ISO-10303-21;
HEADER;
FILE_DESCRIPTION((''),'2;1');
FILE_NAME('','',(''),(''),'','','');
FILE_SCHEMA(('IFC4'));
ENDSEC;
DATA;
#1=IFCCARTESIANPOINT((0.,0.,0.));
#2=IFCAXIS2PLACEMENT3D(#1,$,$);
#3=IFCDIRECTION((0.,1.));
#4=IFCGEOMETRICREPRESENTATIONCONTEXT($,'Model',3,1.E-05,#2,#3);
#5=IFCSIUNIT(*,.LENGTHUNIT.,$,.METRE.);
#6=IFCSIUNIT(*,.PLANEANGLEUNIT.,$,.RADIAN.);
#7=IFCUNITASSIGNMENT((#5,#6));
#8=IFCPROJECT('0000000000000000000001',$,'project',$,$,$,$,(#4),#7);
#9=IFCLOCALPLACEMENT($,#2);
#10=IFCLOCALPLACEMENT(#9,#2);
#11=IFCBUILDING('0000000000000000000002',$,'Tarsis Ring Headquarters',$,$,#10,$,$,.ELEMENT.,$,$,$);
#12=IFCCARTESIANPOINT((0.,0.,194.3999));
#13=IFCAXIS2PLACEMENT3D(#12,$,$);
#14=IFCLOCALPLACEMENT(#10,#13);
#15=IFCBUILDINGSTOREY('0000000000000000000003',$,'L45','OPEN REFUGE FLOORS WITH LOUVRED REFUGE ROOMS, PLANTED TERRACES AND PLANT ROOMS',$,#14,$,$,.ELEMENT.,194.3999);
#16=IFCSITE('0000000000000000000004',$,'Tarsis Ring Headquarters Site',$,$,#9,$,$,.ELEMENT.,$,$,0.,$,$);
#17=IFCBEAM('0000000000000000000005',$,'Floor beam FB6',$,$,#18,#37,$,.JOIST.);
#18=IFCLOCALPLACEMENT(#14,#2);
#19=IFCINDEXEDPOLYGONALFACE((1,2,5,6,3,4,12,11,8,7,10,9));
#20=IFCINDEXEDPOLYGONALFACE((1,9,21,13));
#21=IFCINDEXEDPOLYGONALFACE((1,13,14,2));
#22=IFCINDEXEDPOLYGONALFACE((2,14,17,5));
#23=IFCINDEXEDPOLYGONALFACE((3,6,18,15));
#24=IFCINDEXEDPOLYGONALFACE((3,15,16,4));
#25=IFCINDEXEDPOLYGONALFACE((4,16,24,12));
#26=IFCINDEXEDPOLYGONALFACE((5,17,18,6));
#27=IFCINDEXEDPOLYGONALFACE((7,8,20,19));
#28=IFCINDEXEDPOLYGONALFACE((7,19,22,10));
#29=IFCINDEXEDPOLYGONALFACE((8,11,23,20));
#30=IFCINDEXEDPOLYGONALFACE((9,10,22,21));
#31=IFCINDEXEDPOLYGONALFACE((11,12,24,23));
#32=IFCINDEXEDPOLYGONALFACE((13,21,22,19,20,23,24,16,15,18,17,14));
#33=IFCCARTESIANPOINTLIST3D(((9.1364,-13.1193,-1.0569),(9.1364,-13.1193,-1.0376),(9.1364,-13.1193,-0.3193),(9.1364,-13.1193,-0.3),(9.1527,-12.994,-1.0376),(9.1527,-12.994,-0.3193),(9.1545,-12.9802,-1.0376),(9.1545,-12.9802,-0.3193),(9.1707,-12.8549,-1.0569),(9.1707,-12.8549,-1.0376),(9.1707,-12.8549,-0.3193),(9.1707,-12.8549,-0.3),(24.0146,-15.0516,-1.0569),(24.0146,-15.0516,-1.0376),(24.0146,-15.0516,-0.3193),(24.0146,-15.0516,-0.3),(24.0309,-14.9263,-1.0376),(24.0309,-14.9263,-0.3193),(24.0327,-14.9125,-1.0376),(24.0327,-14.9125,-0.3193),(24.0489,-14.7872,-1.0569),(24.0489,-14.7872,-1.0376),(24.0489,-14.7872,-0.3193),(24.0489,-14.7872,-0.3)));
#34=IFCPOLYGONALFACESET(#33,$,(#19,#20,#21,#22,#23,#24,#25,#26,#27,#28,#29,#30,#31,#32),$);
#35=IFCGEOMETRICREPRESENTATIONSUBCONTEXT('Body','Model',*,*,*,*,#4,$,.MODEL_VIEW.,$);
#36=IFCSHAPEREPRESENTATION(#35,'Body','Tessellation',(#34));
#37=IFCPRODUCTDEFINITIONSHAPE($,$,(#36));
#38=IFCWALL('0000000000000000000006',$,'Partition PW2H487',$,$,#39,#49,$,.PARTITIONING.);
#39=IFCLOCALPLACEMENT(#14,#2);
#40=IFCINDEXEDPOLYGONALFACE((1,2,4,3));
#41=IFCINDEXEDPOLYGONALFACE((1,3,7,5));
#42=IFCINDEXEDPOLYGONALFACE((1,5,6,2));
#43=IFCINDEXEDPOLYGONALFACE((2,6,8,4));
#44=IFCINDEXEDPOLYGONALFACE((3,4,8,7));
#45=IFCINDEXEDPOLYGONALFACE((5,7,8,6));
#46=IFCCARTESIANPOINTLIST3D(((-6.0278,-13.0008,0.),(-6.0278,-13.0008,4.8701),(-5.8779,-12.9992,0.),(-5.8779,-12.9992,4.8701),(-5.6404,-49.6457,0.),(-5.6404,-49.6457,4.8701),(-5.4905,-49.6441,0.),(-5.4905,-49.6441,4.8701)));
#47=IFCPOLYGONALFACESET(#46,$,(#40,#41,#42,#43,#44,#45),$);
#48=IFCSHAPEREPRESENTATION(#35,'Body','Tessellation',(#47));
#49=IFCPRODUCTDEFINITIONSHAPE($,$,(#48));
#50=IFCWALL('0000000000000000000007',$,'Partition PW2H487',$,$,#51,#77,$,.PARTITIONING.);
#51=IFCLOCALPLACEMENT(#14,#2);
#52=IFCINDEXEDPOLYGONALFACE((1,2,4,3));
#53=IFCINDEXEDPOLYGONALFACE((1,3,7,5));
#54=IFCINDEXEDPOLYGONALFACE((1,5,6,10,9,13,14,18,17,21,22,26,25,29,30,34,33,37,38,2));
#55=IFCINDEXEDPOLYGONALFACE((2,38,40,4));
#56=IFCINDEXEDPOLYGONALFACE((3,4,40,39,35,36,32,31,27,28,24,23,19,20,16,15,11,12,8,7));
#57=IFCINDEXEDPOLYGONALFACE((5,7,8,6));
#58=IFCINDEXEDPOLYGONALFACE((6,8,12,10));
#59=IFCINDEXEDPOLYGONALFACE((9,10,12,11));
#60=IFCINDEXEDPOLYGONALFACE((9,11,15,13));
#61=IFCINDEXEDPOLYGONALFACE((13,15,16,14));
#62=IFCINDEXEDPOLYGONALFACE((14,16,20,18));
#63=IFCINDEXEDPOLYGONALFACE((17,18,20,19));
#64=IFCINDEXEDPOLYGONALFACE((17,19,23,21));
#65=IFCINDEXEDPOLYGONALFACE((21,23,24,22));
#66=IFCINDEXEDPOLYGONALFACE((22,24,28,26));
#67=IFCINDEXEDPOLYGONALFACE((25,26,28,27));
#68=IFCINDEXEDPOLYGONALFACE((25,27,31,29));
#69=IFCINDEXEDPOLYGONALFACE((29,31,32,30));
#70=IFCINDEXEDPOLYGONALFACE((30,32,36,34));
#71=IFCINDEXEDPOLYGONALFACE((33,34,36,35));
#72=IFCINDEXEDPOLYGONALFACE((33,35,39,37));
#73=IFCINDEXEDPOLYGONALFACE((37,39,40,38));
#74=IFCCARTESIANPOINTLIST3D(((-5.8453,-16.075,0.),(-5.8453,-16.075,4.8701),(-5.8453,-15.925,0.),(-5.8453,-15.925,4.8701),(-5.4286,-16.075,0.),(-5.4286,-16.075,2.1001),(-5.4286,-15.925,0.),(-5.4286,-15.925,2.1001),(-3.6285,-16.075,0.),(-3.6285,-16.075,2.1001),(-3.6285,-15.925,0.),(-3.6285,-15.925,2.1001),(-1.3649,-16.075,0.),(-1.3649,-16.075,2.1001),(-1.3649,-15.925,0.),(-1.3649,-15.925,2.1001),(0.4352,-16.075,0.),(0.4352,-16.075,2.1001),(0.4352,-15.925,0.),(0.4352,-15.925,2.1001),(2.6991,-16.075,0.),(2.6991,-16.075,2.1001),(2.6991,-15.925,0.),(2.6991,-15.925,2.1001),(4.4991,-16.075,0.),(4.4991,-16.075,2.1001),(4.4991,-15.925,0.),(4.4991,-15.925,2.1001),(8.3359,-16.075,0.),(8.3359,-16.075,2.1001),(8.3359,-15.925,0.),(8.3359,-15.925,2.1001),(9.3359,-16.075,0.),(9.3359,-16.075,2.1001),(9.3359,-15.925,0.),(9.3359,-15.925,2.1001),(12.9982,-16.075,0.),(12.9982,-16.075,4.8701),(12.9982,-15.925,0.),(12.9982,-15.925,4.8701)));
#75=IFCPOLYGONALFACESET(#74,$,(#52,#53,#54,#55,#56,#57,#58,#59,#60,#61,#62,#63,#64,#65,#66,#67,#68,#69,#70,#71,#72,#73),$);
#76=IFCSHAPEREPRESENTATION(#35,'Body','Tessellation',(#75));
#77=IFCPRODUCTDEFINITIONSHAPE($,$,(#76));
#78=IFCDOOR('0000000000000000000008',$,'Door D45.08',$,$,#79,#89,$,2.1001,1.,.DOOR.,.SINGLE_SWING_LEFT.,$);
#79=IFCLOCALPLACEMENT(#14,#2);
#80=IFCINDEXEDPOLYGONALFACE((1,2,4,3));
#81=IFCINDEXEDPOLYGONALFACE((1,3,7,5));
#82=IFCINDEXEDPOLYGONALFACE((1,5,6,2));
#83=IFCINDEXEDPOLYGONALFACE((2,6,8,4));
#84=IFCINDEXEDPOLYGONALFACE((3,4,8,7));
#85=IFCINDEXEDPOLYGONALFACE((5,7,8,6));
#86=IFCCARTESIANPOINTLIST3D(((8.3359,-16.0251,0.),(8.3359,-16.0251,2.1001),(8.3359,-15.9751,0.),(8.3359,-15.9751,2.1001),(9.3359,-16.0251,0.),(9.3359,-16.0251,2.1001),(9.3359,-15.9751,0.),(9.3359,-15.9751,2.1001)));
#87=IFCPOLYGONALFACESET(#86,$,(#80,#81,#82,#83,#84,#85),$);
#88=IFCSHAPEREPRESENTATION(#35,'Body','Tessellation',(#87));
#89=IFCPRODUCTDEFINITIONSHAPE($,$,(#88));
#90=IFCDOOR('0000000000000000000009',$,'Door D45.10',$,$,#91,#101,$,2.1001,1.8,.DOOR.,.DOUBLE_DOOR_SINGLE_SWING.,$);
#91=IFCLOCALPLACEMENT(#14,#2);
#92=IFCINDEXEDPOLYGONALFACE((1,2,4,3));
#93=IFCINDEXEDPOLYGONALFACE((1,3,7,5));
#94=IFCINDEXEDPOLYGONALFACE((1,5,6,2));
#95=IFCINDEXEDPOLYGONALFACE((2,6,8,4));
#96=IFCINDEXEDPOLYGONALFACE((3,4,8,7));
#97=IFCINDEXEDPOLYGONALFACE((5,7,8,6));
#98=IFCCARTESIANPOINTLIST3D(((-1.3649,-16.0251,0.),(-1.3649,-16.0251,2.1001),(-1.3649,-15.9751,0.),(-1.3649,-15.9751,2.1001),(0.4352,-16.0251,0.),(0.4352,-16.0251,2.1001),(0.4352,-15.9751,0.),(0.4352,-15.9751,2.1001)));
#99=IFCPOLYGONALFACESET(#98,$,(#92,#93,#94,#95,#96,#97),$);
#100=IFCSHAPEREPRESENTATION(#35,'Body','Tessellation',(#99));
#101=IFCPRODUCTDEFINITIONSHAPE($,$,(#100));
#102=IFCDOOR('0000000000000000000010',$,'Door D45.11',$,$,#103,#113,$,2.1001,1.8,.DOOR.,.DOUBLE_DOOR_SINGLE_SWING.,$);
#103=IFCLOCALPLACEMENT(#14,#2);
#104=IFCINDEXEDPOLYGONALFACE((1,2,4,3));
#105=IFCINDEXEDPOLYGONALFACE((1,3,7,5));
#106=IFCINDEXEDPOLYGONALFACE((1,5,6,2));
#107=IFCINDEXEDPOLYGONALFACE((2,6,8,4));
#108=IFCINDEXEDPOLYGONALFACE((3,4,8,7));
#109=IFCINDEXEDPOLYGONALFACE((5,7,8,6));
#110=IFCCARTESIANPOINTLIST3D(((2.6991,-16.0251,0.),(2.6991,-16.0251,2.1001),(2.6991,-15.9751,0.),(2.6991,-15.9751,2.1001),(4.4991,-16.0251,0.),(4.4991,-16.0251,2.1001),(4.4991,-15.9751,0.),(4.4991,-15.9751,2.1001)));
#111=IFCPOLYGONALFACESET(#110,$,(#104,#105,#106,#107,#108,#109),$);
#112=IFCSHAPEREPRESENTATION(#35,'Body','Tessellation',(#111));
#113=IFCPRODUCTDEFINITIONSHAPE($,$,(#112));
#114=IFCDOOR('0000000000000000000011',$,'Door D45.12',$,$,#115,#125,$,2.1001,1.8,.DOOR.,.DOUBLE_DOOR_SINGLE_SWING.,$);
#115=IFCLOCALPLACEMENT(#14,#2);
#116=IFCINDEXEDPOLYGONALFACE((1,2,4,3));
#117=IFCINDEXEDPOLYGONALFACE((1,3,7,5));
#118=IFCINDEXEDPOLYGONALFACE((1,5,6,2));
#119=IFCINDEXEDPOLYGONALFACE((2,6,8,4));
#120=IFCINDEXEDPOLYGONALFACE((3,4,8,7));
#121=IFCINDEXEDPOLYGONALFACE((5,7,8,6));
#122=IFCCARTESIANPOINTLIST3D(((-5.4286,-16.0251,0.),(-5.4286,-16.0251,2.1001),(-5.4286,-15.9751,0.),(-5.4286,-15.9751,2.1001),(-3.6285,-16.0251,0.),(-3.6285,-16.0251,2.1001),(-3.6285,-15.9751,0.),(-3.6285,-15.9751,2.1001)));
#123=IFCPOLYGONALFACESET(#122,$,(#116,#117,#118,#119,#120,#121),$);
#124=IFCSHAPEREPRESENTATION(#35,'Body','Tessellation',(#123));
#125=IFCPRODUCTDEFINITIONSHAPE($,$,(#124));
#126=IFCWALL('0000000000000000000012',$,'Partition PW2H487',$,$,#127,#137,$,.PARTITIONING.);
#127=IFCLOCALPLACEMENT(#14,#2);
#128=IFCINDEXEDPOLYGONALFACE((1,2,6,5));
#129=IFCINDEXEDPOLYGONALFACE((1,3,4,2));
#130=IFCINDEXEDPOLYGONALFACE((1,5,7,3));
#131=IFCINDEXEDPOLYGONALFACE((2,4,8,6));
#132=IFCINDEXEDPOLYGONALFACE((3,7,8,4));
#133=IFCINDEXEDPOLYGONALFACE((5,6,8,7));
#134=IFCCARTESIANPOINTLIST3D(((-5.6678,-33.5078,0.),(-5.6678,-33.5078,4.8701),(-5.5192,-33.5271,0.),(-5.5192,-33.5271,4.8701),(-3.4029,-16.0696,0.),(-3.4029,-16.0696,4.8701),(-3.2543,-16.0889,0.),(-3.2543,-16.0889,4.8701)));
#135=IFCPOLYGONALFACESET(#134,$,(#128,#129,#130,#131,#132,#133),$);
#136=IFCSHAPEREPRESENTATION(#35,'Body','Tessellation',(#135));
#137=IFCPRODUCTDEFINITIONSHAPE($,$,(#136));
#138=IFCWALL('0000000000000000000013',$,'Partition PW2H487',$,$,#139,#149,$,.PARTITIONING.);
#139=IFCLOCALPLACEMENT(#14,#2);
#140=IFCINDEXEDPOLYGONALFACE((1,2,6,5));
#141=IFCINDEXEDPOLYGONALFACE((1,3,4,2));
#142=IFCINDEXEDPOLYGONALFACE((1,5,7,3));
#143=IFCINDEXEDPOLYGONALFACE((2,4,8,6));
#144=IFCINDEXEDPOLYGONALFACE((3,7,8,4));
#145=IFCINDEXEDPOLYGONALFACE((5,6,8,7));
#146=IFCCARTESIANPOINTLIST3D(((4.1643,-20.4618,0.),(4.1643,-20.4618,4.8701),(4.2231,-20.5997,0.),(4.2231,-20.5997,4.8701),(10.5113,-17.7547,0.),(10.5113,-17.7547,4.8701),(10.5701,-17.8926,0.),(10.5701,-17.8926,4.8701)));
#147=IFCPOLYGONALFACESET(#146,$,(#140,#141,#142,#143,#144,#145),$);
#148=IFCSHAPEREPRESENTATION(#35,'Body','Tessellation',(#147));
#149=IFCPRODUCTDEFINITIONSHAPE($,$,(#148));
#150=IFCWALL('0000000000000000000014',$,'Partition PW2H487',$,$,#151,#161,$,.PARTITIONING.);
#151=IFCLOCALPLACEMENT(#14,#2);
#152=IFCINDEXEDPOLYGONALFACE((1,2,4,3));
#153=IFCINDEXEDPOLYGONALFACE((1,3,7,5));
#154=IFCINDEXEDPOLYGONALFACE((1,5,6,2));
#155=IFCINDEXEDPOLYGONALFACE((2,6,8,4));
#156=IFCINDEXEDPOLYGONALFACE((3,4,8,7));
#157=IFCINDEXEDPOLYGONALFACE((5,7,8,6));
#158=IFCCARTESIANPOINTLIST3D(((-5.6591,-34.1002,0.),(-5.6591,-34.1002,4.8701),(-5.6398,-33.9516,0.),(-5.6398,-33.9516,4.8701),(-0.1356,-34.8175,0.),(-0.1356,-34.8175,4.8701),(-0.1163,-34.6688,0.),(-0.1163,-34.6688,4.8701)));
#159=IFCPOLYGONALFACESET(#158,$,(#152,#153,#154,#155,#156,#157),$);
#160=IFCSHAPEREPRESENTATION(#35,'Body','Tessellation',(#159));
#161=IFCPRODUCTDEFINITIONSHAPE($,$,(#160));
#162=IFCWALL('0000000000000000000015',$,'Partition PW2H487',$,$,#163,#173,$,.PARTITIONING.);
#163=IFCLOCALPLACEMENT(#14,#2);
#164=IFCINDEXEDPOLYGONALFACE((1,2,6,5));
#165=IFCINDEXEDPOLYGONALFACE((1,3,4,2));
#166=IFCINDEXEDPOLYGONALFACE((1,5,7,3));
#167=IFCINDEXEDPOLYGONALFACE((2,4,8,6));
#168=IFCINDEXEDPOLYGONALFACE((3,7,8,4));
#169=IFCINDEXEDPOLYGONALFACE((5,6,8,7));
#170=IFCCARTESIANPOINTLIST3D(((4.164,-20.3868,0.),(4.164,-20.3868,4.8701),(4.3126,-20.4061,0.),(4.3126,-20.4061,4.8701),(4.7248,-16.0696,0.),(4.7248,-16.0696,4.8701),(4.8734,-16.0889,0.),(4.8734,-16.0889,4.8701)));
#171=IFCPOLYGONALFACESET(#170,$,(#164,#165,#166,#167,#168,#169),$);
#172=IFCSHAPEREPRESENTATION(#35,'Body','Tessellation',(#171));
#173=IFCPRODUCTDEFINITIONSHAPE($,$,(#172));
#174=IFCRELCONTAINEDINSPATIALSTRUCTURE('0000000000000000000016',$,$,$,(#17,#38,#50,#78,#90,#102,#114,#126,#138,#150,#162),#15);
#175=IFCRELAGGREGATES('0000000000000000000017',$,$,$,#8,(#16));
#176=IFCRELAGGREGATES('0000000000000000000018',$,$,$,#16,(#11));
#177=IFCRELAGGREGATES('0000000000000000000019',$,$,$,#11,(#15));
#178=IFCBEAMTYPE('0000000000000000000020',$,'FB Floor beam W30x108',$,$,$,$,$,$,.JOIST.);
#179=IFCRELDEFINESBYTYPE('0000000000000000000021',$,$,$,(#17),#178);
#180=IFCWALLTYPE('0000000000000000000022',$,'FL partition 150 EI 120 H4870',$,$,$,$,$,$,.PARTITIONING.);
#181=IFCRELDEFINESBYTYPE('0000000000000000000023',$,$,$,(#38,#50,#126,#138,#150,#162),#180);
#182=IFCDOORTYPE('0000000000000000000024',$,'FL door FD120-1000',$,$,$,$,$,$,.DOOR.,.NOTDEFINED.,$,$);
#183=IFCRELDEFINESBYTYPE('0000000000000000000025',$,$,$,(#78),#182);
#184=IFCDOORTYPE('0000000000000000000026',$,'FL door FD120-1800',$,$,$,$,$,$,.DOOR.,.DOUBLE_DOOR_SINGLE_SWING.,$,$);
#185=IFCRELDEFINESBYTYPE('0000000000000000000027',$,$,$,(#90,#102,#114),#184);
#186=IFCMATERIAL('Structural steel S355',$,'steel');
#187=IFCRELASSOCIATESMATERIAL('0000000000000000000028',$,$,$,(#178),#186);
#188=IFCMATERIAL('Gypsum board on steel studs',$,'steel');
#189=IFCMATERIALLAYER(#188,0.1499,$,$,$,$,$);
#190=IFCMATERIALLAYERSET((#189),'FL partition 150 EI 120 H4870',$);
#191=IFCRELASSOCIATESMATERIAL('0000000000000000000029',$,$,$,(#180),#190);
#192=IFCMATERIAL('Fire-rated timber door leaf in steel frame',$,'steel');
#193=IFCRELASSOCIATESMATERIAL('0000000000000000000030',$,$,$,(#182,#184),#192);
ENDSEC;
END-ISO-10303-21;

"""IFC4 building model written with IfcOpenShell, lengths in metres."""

from ifc_helpers import new_model, si_unit, direction, frame, frame_2d, origin, origin_2d, place, context, subcontext, project, spatial, rectangle, i_section, extrude, material, layer, layer_set, material_profile, profile_set, type_object, element, fill, save


model = new_model("IFC4")

# Units and contexts
model_context = context("Model", 3, precision=1e-05, world=origin(), true_north=direction((0.0, 1.0)))
body_context = subcontext(model_context, "Body", "Model", "MODEL_VIEW")
ifc_project = project(units=[si_unit("LENGTHUNIT", "METRE"), si_unit("PLANEANGLEUNIT", "RADIAN")], contexts=[model_context])

# Site, building, storey
site_placement = place(None, origin())
site = spatial("IfcSite", under=ifc_project, at=site_placement, Name="Tarsis Ring Headquarters Site", CompositionType="ELEMENT", RefElevation=0.0)
building_placement = place(site_placement, origin())
building = spatial("IfcBuilding", under=site, at=building_placement, Name="Tarsis Ring Headquarters", CompositionType="ELEMENT")
storey_placement = place(building_placement, frame((0.0, 0.0, 194.3999)))
storey = spatial("IfcBuildingStorey", under=building, at=storey_placement, Name="L45", Description="OPEN REFUGE FLOORS WITH LOUVRED REFUGE ROOMS, PLANTED TERRACES AND PLANT ROOMS", CompositionType="ELEMENT", Elevation=194.3999)

# Beam
ifc_material_1 = material(Name="Structural steel S355", Category="steel")
ifc_material_profile_1 = material_profile(ifc_material_1, i_section(OverallWidth=0.2666, OverallDepth=0.7568, WebThickness=0.0139, FlangeThickness=0.0193, at=origin_2d()), Name="W30x108")
ifc_profile_set_1 = profile_set([ifc_material_profile_1], Name="Structural steel S355")
beam_type = type_object("IfcBeamType", Name="FB Floor beam W30x108", PredefinedType="JOIST", material=ifc_profile_set_1)
beam_placement = place(storey_placement, frame((9.1536, -12.9871, -0.6785), z_axis=(0.991671, -0.128798, 0.0), x_axis=(0.128798, 0.991671, 0.0)))
element("IfcBeam", 1, at=beam_placement, inside=storey, type_object=beam_type, Name="Floor beam FB6", PredefinedType="JOIST", context=body_context, shape_type="SweptSolid", body=[
    extrude(i_section(OverallWidth=0.2666, OverallDepth=0.7568, WebThickness=0.0139, FlangeThickness=0.0193, at=origin_2d()), origin(), (0.0, 0.0, 1.0), 15.0032),
])

# Wall
ifc_material_2 = material(Name="Gypsum board on steel studs", Category="steel")
ifc_layer = layer(ifc_material_2, 0.1499)
ifc_layer_set = layer_set([ifc_layer], Name="FL partition 150 EI 120 H4870")
wall_type = type_object("IfcWallType", Name="FL partition 150 EI 120 H4870", PredefinedType="PARTITIONING", material=ifc_layer_set)
wall_1_placement = place(storey_placement, frame((-5.9529, -13.0, 0.0), z_axis=(0.0, 0.0, 1.0), x_axis=(0.010573, -0.999944, 0.0)))
element("IfcWall", 2, at=wall_1_placement, inside=storey, type_object=wall_type, Name="Partition PW2H487", PredefinedType="PARTITIONING", context=body_context, shape_type="SweptSolid", body=[
    extrude(rectangle(XDim=36.647, YDim=0.1499, at=frame_2d((18.3235, 0.0))), origin(), (0.0, 0.0, 1.0), 4.8701),
])

# Wall, openings, doors
wall_2_placement = place(storey_placement, frame((-5.8455, -16.0, 0.0), z_axis=(0.0, 0.0, 1.0), x_axis=(1.0, 0.0, 0.0)))
wall_2 = element("IfcWall", 3, at=wall_2_placement, inside=storey, type_object=wall_type, Name="Partition PW2H487", PredefinedType="PARTITIONING", context=body_context, shape_type="SweptSolid", body=[
    extrude(rectangle(XDim=18.8435, YDim=0.1499, at=frame_2d((9.4219, 0.0))), origin(), (0.0, 0.0, 1.0), 4.8701),
])
opening_1_placement = place(wall_2_placement, frame((14.1814, 0.0, 0.0)))
opening_1 = element("IfcOpeningElement", 4, at=opening_1_placement, cuts=wall_2, PredefinedType="OPENING", context=body_context, shape_type="SweptSolid", body=[
    extrude(rectangle(XDim=1.0, YDim=2.1001, at=frame_2d((0.5, 1.05))), frame((0.0, 0.085, 0.0), z_axis=(0.0, -1.0, 0.0), x_axis=(1.0, 0.0, 0.0)), (0.0, 0.0, 1.0), 0.1699),
])
opening_2_placement = place(wall_2_placement, frame((4.4807, 0.0, 0.0)))
opening_2 = element("IfcOpeningElement", 5, at=opening_2_placement, cuts=wall_2, PredefinedType="OPENING", context=body_context, shape_type="SweptSolid", body=[
    extrude(rectangle(XDim=1.8, YDim=2.1001, at=frame_2d((0.8999, 1.05))), frame((0.0, 0.085, 0.0), z_axis=(0.0, -1.0, 0.0), x_axis=(1.0, 0.0, 0.0)), (0.0, 0.0, 1.0), 0.1699),
])
opening_3_placement = place(wall_2_placement, frame((8.5447, 0.0, 0.0)))
opening_3 = element("IfcOpeningElement", 6, at=opening_3_placement, cuts=wall_2, PredefinedType="OPENING", context=body_context, shape_type="SweptSolid", body=[
    extrude(rectangle(XDim=1.8, YDim=2.1001, at=frame_2d((0.8999, 1.05))), frame((0.0, 0.085, 0.0), z_axis=(0.0, -1.0, 0.0), x_axis=(1.0, 0.0, 0.0)), (0.0, 0.0, 1.0), 0.1699),
])
opening_4_placement = place(wall_2_placement, frame((0.417, 0.0, 0.0)))
opening_4 = element("IfcOpeningElement", 7, at=opening_4_placement, cuts=wall_2, PredefinedType="OPENING", context=body_context, shape_type="SweptSolid", body=[
    extrude(rectangle(XDim=1.8, YDim=2.1001, at=frame_2d((0.8999, 1.05))), frame((0.0, 0.085, 0.0), z_axis=(0.0, -1.0, 0.0), x_axis=(1.0, 0.0, 0.0)), (0.0, 0.0, 1.0), 0.1699),
])
ifc_material_3 = material(Name="Fire-rated timber door leaf in steel frame", Category="steel")
door_type_1 = type_object("IfcDoorType", Name="FL door FD120-1000", OperationType="NOTDEFINED", PredefinedType="DOOR", material=ifc_material_3)
door_1_placement = place(opening_1_placement, origin())
door_1 = element("IfcDoor", 8, at=door_1_placement, inside=storey, type_object=door_type_1, Name="Door D45.08", OperationType="SINGLE_SWING_LEFT", OverallHeight=2.1001, OverallWidth=1.0, PredefinedType="DOOR", context=body_context, shape_type="SweptSolid", body=[
    extrude(rectangle(XDim=1.0, YDim=2.1001, at=frame_2d((0.5, 1.05))), frame((0.0, 0.0249, 0.0), z_axis=(0.0, -1.0, 0.0), x_axis=(1.0, 0.0, 0.0)), (0.0, 0.0, 1.0), 0.05),
])
fill(opening_1, door_1)
door_type_2 = type_object("IfcDoorType", Name="FL door FD120-1800", OperationType="DOUBLE_DOOR_SINGLE_SWING", PredefinedType="DOOR", material=ifc_material_3)
door_2_placement = place(opening_2_placement, origin())
door_2 = element("IfcDoor", 9, at=door_2_placement, inside=storey, type_object=door_type_2, Name="Door D45.10", OperationType="DOUBLE_DOOR_SINGLE_SWING", OverallHeight=2.1001, OverallWidth=1.8, PredefinedType="DOOR", context=body_context, shape_type="SweptSolid", body=[
    extrude(rectangle(XDim=1.8, YDim=2.1001, at=frame_2d((0.8999, 1.05))), frame((0.0, 0.0249, 0.0), z_axis=(0.0, -1.0, 0.0), x_axis=(1.0, 0.0, 0.0)), (0.0, 0.0, 1.0), 0.05),
])
fill(opening_2, door_2)
door_3_placement = place(opening_3_placement, origin())
door_3 = element("IfcDoor", 10, at=door_3_placement, inside=storey, type_object=door_type_2, Name="Door D45.11", OperationType="DOUBLE_DOOR_SINGLE_SWING", OverallHeight=2.1001, OverallWidth=1.8, PredefinedType="DOOR", context=body_context, shape_type="SweptSolid", body=[
    extrude(rectangle(XDim=1.8, YDim=2.1001, at=frame_2d((0.8999, 1.05))), frame((0.0, 0.0249, 0.0), z_axis=(0.0, -1.0, 0.0), x_axis=(1.0, 0.0, 0.0)), (0.0, 0.0, 1.0), 0.05),
])
fill(opening_3, door_3)
door_4_placement = place(opening_4_placement, origin())
door_4 = element("IfcDoor", 11, at=door_4_placement, inside=storey, type_object=door_type_2, Name="Door D45.12", OperationType="DOUBLE_DOOR_SINGLE_SWING", OverallHeight=2.1001, OverallWidth=1.8, PredefinedType="DOOR", context=body_context, shape_type="SweptSolid", body=[
    extrude(rectangle(XDim=1.8, YDim=2.1001, at=frame_2d((0.8999, 1.05))), frame((0.0, 0.0249, 0.0), z_axis=(0.0, -1.0, 0.0), x_axis=(1.0, 0.0, 0.0)), (0.0, 0.0, 1.0), 0.05),
])
fill(opening_4, door_4)

# Walls
wall_3_placement = place(storey_placement, frame((-5.5935, -33.5176, 0.0), z_axis=(0.0, 0.0, 1.0), x_axis=(0.128799, 0.991671, 0.0)))
element("IfcWall", 12, at=wall_3_placement, inside=storey, type_object=wall_type, Name="Partition PW2H487", PredefinedType="PARTITIONING", context=body_context, shape_type="SweptSolid", body=[
    extrude(rectangle(XDim=17.5847, YDim=0.1499, at=frame_2d((8.7925, 0.0))), origin(), (0.0, 0.0, 1.0), 4.8701),
])
wall_4_placement = place(storey_placement, frame((4.1936, -20.5308, 0.0), z_axis=(0.0, 0.0, 1.0), x_axis=(0.91983, 0.392317, 0.0)))
element("IfcWall", 13, at=wall_4_placement, inside=storey, type_object=wall_type, Name="Partition PW2H487", PredefinedType="PARTITIONING", context=body_context, shape_type="SweptSolid", body=[
    extrude(rectangle(XDim=6.9001, YDim=0.1499, at=frame_2d((3.4502, 0.0))), origin(), (0.0, 0.0, 1.0), 4.8701),
])
wall_5_placement = place(storey_placement, frame((-5.6494, -34.0259, 0.0), z_axis=(0.0, 0.0, 1.0), x_axis=(0.991673, -0.128781, 0.0)))
element("IfcWall", 14, at=wall_5_placement, inside=storey, type_object=wall_type, Name="Partition PW2H487", PredefinedType="PARTITIONING", context=body_context, shape_type="SweptSolid", body=[
    extrude(rectangle(XDim=5.5698, YDim=0.1499, at=frame_2d((2.7849, 0.0))), origin(), (0.0, 0.0, 1.0), 4.8701),
])
wall_6_placement = place(storey_placement, frame((4.2383, -20.3965, 0.0), z_axis=(0.0, 0.0, 1.0), x_axis=(0.128817, 0.991668, 0.0)))
element("IfcWall", 15, at=wall_6_placement, inside=storey, type_object=wall_type, Name="Partition PW2H487", PredefinedType="PARTITIONING", context=body_context, shape_type="SweptSolid", body=[
    extrude(rectangle(XDim=4.3535, YDim=0.1499, at=frame_2d((2.1768, 0.0))), origin(), (0.0, 0.0, 1.0), 4.8701),
])

save(model, "model.ifc")
